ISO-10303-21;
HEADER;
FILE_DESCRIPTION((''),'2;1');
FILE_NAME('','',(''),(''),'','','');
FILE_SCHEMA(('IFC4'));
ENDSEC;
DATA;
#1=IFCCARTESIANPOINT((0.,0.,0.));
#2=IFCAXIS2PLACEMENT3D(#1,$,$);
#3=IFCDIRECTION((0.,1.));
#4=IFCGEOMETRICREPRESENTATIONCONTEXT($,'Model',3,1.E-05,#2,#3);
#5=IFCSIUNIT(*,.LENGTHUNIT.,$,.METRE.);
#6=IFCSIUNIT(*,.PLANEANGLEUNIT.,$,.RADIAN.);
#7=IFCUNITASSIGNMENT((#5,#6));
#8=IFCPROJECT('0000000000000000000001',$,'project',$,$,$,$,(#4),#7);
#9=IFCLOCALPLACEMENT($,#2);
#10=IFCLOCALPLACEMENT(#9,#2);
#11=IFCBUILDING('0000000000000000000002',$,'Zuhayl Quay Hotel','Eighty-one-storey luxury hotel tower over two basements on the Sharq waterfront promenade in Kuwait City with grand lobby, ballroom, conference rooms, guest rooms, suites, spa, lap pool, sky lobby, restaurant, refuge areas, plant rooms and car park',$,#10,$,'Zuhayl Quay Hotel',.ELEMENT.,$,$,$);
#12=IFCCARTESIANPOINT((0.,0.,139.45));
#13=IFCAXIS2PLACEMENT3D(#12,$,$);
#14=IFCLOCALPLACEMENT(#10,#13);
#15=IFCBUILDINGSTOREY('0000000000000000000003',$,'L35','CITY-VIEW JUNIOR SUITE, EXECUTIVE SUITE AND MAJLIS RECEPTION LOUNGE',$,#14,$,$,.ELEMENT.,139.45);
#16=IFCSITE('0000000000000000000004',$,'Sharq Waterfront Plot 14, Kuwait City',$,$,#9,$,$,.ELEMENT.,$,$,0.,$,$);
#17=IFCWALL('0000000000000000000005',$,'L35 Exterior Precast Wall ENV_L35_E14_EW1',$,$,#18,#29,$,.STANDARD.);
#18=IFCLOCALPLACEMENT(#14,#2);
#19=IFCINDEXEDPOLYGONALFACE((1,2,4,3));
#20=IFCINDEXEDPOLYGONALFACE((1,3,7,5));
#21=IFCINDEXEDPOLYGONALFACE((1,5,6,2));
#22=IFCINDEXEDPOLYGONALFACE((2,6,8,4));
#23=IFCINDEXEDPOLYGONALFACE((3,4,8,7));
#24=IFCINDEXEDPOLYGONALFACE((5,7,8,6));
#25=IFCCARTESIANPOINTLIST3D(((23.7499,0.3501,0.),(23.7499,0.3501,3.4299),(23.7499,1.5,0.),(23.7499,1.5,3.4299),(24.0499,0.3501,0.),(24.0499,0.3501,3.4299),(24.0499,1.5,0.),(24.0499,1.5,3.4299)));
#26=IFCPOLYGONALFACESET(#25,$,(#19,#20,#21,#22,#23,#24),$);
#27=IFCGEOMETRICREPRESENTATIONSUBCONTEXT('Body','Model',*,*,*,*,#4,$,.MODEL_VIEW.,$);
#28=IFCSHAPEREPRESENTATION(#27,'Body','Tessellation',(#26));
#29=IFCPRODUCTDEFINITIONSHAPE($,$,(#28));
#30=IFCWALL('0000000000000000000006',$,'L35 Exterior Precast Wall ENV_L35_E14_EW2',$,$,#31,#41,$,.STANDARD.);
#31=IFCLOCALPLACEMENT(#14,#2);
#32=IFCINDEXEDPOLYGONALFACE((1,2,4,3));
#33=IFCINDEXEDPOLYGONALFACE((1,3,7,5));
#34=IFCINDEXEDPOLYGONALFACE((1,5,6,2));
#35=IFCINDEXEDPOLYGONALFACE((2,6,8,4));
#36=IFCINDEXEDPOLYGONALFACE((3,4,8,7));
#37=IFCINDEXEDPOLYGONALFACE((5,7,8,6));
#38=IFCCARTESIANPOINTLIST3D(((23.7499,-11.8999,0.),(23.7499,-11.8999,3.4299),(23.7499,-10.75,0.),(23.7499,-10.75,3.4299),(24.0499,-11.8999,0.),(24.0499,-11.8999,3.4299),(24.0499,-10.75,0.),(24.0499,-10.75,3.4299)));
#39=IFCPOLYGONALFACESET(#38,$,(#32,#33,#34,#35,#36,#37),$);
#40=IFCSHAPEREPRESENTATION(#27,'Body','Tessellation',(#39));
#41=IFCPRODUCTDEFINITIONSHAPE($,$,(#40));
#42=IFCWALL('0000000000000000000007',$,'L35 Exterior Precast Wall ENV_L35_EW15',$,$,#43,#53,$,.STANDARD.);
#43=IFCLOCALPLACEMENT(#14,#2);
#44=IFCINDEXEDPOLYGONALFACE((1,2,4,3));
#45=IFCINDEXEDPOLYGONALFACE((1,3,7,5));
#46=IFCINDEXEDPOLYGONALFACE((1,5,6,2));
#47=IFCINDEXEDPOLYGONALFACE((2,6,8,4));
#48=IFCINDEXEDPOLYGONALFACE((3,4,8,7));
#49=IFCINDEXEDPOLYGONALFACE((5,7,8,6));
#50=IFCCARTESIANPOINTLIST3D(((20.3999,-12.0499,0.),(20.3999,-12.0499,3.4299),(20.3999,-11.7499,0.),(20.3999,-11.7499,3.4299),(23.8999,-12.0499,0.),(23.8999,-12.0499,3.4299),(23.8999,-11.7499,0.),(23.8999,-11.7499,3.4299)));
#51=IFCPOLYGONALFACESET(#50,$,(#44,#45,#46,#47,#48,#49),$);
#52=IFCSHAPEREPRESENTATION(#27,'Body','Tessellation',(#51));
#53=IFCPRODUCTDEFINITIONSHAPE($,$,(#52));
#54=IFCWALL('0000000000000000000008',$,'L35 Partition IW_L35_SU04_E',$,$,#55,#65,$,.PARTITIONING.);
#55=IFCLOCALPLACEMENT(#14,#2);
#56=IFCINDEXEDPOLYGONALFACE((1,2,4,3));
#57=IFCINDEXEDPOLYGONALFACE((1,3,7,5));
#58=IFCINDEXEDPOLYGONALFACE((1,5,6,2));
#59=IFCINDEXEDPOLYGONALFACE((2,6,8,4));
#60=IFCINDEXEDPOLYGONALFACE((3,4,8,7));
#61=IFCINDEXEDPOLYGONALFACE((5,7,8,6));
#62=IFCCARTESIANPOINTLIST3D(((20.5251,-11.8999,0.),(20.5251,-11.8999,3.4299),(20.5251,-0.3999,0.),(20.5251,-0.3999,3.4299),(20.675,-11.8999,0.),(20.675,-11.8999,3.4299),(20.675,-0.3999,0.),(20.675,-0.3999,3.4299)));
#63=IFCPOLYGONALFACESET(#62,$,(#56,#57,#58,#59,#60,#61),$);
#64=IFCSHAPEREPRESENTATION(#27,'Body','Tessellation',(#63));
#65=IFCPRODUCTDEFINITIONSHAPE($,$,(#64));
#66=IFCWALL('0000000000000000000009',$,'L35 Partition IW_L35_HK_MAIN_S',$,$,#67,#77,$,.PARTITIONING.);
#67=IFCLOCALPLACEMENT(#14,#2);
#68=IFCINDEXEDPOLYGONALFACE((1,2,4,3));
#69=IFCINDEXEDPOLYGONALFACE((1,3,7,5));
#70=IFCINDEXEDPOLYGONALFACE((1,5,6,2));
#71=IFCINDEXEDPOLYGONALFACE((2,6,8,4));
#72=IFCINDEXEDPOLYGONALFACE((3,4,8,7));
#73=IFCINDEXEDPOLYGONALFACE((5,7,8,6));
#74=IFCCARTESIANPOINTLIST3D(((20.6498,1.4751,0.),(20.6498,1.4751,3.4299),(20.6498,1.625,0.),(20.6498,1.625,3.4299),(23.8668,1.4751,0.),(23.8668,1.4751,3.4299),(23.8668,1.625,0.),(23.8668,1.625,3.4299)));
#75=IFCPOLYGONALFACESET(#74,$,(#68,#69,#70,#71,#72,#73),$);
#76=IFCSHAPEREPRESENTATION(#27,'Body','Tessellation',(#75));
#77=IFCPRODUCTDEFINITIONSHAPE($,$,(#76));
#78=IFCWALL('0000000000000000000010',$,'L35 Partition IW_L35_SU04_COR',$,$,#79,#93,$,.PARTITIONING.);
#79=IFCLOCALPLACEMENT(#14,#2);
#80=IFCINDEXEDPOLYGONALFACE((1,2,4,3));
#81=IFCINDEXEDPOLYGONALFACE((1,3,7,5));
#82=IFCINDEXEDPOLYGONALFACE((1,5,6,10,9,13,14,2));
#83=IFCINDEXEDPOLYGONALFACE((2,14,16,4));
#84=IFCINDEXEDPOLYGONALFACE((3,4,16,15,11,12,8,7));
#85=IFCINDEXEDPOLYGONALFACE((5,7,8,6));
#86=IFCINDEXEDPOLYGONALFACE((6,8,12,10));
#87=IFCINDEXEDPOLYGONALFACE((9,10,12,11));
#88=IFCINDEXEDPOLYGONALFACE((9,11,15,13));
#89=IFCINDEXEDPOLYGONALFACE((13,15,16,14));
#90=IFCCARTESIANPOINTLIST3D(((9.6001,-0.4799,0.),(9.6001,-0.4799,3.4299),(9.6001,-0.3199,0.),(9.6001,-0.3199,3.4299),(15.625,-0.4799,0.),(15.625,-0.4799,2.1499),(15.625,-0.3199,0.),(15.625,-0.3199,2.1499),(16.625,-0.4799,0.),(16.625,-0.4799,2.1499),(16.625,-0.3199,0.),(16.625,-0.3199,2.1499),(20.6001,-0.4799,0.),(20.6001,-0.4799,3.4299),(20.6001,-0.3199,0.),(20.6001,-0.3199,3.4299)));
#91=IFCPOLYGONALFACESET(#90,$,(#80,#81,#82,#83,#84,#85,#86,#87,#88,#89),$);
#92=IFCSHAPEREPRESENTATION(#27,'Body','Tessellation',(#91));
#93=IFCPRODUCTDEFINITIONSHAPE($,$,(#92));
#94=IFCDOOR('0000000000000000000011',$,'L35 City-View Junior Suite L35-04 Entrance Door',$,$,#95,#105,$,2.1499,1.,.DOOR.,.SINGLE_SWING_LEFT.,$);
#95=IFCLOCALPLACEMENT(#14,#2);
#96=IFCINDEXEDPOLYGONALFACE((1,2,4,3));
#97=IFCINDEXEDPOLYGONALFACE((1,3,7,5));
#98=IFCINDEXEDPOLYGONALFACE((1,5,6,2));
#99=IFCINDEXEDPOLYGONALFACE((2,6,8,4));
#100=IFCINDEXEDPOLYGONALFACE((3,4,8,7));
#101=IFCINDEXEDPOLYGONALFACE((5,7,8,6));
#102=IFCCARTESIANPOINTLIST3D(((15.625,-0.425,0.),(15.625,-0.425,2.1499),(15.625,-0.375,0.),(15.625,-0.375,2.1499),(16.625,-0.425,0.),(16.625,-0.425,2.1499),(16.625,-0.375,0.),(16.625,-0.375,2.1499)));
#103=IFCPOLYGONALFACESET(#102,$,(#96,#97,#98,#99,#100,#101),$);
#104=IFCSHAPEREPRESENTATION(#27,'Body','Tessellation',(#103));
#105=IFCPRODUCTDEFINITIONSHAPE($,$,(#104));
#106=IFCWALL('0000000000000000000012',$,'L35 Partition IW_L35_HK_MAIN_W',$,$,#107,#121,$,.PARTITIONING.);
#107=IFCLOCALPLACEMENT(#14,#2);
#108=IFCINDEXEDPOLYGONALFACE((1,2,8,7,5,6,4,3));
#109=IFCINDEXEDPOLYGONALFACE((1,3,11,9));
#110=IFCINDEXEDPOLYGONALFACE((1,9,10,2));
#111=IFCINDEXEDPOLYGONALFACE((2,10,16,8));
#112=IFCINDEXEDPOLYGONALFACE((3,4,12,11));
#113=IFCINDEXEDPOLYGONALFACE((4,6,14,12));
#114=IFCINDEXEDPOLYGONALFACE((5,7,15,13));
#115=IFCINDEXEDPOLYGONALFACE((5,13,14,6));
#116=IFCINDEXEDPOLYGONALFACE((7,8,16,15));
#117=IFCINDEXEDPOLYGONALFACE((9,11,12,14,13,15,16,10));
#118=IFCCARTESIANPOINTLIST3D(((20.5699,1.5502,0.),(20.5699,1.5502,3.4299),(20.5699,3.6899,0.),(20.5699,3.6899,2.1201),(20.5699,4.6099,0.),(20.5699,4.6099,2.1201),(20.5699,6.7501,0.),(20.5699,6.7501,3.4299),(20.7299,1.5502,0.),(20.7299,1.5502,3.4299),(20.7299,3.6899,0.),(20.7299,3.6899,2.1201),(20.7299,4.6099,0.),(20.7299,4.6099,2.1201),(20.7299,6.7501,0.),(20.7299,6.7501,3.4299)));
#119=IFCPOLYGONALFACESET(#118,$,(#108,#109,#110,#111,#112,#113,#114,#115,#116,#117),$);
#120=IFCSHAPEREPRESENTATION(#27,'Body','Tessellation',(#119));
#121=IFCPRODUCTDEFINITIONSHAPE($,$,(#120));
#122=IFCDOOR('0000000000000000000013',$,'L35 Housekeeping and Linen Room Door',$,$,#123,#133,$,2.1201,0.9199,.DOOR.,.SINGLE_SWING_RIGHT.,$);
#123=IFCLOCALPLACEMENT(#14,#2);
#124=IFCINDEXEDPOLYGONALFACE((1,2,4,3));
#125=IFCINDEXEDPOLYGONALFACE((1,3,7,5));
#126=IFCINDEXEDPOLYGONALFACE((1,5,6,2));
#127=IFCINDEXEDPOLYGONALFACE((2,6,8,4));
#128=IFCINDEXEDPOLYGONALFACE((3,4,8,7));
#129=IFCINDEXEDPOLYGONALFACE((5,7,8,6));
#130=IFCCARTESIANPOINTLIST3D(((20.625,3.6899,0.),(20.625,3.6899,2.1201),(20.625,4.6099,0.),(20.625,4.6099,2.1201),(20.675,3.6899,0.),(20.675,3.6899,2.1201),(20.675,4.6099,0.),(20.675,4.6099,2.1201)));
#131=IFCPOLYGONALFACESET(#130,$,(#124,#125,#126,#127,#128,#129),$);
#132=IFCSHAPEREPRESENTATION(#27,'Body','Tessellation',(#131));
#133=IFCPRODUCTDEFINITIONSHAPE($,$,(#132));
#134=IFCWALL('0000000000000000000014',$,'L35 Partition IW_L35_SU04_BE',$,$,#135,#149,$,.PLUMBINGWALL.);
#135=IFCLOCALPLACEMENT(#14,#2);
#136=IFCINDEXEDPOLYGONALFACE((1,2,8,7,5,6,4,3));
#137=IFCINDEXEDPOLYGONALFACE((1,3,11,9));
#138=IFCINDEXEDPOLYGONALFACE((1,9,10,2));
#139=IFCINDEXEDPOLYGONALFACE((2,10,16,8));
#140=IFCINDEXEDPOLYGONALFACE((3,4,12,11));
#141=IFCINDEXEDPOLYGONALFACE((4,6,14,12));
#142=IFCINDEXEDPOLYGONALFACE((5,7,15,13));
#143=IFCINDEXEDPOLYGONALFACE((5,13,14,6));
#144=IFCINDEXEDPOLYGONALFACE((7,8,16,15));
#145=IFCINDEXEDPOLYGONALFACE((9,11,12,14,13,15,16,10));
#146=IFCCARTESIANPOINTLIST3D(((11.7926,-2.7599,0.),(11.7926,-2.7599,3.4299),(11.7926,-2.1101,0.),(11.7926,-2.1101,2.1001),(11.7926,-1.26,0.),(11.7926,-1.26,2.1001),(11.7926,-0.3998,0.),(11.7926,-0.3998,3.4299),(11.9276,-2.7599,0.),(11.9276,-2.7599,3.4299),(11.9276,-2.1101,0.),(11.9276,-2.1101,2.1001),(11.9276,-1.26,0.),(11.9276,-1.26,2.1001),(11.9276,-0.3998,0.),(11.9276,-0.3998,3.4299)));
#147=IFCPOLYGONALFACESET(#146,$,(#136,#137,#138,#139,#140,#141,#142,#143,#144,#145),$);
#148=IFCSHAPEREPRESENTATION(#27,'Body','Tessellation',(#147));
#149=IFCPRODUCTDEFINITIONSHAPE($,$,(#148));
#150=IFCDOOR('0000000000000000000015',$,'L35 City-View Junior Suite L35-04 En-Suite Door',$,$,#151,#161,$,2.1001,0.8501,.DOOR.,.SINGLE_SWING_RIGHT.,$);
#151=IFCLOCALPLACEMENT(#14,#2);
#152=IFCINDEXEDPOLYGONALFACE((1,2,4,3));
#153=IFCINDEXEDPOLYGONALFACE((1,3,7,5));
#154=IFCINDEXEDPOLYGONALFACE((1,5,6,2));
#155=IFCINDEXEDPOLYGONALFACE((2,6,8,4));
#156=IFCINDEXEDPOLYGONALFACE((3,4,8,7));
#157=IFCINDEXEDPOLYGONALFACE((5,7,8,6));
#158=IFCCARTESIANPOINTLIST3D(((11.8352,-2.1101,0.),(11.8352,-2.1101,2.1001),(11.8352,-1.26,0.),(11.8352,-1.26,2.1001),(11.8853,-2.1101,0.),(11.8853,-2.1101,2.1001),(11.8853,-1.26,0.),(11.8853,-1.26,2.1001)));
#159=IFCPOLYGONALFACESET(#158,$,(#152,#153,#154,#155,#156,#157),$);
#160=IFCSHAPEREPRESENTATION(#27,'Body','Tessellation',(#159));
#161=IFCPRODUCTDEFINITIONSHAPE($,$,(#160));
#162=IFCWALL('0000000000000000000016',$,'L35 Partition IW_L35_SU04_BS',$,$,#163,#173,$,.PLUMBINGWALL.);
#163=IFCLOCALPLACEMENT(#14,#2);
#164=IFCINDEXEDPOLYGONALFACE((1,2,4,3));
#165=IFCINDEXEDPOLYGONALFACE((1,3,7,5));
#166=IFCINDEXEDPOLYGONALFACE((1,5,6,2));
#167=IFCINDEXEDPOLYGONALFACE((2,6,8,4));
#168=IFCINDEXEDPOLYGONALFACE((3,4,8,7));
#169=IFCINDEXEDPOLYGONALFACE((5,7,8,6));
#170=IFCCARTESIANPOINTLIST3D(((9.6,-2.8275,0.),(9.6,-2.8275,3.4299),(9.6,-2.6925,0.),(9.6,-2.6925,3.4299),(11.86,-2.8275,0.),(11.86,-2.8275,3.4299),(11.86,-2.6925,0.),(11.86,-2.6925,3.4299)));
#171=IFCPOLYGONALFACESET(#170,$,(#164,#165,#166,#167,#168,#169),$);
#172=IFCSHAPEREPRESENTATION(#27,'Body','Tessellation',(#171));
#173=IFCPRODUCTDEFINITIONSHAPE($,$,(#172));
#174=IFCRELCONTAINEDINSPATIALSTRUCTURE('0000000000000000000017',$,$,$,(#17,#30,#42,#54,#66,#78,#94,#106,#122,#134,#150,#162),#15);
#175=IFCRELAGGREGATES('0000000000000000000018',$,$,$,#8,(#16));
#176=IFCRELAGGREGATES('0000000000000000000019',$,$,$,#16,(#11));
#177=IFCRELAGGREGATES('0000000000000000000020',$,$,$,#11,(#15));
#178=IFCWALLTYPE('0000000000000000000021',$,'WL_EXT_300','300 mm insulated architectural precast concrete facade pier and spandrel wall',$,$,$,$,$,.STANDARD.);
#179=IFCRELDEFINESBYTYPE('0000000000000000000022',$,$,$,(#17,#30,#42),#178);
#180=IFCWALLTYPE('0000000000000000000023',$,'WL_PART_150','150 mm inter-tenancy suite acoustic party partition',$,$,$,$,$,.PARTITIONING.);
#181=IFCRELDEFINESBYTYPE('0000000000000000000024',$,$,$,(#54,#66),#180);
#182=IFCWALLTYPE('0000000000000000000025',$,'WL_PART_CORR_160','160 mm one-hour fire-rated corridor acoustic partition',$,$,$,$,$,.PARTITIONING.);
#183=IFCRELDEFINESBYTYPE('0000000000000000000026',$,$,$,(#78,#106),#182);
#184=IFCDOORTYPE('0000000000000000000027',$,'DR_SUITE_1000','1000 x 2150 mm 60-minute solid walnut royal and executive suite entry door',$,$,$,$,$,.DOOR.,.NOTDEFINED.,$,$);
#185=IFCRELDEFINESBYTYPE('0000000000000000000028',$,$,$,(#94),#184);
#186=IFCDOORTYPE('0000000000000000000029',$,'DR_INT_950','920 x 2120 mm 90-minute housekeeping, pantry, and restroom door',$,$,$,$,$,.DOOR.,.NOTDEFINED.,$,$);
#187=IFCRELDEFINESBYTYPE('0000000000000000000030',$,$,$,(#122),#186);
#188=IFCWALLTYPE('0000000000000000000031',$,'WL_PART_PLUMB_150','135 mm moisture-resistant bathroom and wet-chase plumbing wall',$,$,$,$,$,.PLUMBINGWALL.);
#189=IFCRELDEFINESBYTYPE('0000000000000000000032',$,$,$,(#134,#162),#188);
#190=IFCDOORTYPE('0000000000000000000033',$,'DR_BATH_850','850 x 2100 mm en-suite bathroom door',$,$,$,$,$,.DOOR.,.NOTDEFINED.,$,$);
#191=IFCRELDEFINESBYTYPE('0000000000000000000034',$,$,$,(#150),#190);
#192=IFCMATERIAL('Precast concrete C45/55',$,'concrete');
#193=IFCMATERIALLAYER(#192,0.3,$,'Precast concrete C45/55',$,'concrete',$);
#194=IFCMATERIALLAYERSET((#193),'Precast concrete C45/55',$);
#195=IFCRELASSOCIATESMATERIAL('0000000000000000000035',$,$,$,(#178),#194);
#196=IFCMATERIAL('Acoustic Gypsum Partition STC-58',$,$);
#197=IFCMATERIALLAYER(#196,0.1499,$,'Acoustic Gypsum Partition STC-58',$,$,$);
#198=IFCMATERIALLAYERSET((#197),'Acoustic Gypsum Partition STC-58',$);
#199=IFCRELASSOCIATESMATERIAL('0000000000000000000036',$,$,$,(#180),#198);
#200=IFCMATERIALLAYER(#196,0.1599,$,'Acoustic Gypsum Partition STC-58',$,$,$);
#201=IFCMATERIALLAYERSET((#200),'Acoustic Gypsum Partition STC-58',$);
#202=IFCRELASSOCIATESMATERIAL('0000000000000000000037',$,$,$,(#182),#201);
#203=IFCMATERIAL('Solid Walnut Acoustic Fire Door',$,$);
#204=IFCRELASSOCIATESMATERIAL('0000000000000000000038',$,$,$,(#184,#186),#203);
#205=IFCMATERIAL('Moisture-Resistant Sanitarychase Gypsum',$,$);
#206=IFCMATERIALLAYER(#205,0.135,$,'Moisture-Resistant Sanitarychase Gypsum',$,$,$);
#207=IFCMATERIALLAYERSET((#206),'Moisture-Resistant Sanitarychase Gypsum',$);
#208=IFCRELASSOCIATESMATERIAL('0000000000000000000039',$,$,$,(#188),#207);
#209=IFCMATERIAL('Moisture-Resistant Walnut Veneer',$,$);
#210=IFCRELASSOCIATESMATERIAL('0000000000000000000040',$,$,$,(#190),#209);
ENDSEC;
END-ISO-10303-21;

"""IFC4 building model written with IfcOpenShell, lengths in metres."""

from ifc_helpers import new_model, si_unit, direction, frame, frame_2d, origin, place, context, subcontext, project, spatial, rectangle, extrude, material, layer, layer_set, type_object, element, fill, save


model = new_model("IFC4")

# Units and contexts
model_context = context("Model", 3, precision=1e-05, world=origin(), true_north=direction((0.0, 1.0)))
body_context = subcontext(model_context, "Body", "Model", "MODEL_VIEW")
ifc_project = project(units=[si_unit("LENGTHUNIT", "METRE"), si_unit("PLANEANGLEUNIT", "RADIAN")], contexts=[model_context])

# Site, building, storey
site_placement = place(None, origin())
site = spatial("IfcSite", under=ifc_project, at=site_placement, Name="Sharq Waterfront Plot 14, Kuwait City", CompositionType="ELEMENT", RefElevation=0.0)
building_placement = place(site_placement, origin())
building = spatial("IfcBuilding", under=site, at=building_placement, Name="Zuhayl Quay Hotel", Description="Eighty-one-storey luxury hotel tower over two basements on the Sharq waterfront promenade in Kuwait City with grand lobby, ballroom, conference rooms, guest rooms, suites, spa, lap pool, sky lobby, restaurant, refuge areas, plant rooms and car park", LongName="Zuhayl Quay Hotel", CompositionType="ELEMENT")
storey_placement = place(building_placement, frame((0.0, 0.0, 139.45)))
storey = spatial("IfcBuildingStorey", under=building, at=storey_placement, Name="L35", Description="CITY-VIEW JUNIOR SUITE, EXECUTIVE SUITE AND MAJLIS RECEPTION LOUNGE", CompositionType="ELEMENT", Elevation=139.45)

# Walls
ifc_material_1 = material(Name="Precast concrete C45/55", Category="concrete")
ifc_layer_1 = layer(ifc_material_1, 0.3, Name="Precast concrete C45/55", Category="concrete")
ifc_layer_set_1 = layer_set([ifc_layer_1], Name="Precast concrete C45/55")
wall_type_1 = type_object("IfcWallType", Name="WL_EXT_300", Description="300 mm insulated architectural precast concrete facade pier and spandrel wall", PredefinedType="STANDARD", material=ifc_layer_set_1)
for number, where, z_axis, x_axis, name in (
    (1, (23.8999, 1.5, 0.0), (0.0, 0.0, 1.0), (0.0, -1.0, 0.0), "L35 Exterior Precast Wall ENV_L35_E14_EW1"),
    (2, (23.8999, -10.75, 0.0), (0.0, 0.0, 1.0), (0.0, -1.0, 0.0), "L35 Exterior Precast Wall ENV_L35_E14_EW2"),
):
    element("IfcWall", number, at=place(storey_placement, frame(where, z_axis=z_axis, x_axis=x_axis)), inside=storey, type_object=wall_type_1, Name=name, PredefinedType="STANDARD", context=body_context, shape_type="SweptSolid", body=[
        extrude(rectangle(XDim=1.1499, YDim=0.3, at=frame_2d((0.575, 0.0))), origin(), (0.0, 0.0, 1.0), 3.4299),
    ])
wall_1_placement = place(storey_placement, frame((23.8999, -11.8999, 0.0), z_axis=(0.0, 0.0, 1.0), x_axis=(-1.0, 0.0, 0.0)))
element("IfcWall", 3, at=wall_1_placement, inside=storey, type_object=wall_type_1, Name="L35 Exterior Precast Wall ENV_L35_EW15", PredefinedType="STANDARD", context=body_context, shape_type="SweptSolid", body=[
    extrude(rectangle(XDim=3.5, YDim=0.3, at=frame_2d((1.75, 0.0))), origin(), (0.0, 0.0, 1.0), 3.4299),
])
ifc_material_2 = material(Name="Acoustic Gypsum Partition STC-58")
ifc_layer_2 = layer(ifc_material_2, 0.1499, Name="Acoustic Gypsum Partition STC-58")
ifc_layer_set_2 = layer_set([ifc_layer_2], Name="Acoustic Gypsum Partition STC-58")
wall_type_2 = type_object("IfcWallType", Name="WL_PART_150", Description="150 mm inter-tenancy suite acoustic party partition", PredefinedType="PARTITIONING", material=ifc_layer_set_2)
wall_2_placement = place(storey_placement, frame((20.6001, -11.8999, 0.0), z_axis=(0.0, 0.0, 1.0), x_axis=(0.0, 1.0, 0.0)))
element("IfcWall", 4, at=wall_2_placement, inside=storey, type_object=wall_type_2, Name="L35 Partition IW_L35_SU04_E", PredefinedType="PARTITIONING", context=body_context, shape_type="SweptSolid", body=[
    extrude(rectangle(XDim=11.5, YDim=0.1499, at=frame_2d((5.75, 0.0))), origin(), (0.0, 0.0, 1.0), 3.4299),
])
wall_3_placement = place(storey_placement, frame((20.6499, 1.55, 0.0), z_axis=(0.0, 0.0, 1.0), x_axis=(1.0, 0.0, 0.0)))
element("IfcWall", 5, at=wall_3_placement, inside=storey, type_object=wall_type_2, Name="L35 Partition IW_L35_HK_MAIN_S", PredefinedType="PARTITIONING", context=body_context, shape_type="SweptSolid", body=[
    extrude(rectangle(XDim=3.217, YDim=0.1499, at=frame_2d((1.6084, 0.0))), origin(), (0.0, 0.0, 1.0), 3.4299),
])

# Walls, openings, doors
ifc_layer_3 = layer(ifc_material_2, 0.1599, Name="Acoustic Gypsum Partition STC-58")
ifc_layer_set_3 = layer_set([ifc_layer_3], Name="Acoustic Gypsum Partition STC-58")
wall_type_3 = type_object("IfcWallType", Name="WL_PART_CORR_160", Description="160 mm one-hour fire-rated corridor acoustic partition", PredefinedType="PARTITIONING", material=ifc_layer_set_3)
wall_4_placement = place(storey_placement, frame((9.6001, -0.3999, 0.0), z_axis=(0.0, 0.0, 1.0), x_axis=(1.0, 0.0, 0.0)))
wall_4 = element("IfcWall", 6, at=wall_4_placement, inside=storey, type_object=wall_type_3, Name="L35 Partition IW_L35_SU04_COR", PredefinedType="PARTITIONING", context=body_context, shape_type="SweptSolid", body=[
    extrude(rectangle(XDim=11.0, YDim=0.1599, at=frame_2d((5.5, 0.0))), origin(), (0.0, 0.0, 1.0), 3.4299),
])
opening_1_placement = place(wall_4_placement, frame((6.0249, 0.0, 0.0)))
opening_1 = element("IfcOpeningElement", 7, at=opening_1_placement, cuts=wall_4, PredefinedType="OPENING", context=body_context, shape_type="SweptSolid", body=[
    extrude(rectangle(XDim=1.0, YDim=2.1499, at=frame_2d((0.5, 1.075))), frame((0.0, 0.0898, 0.0), z_axis=(0.0, -1.0, 0.0), x_axis=(1.0, 0.0, 0.0)), (0.0, 0.0, 1.0), 0.1799),
])
ifc_material_3 = material(Name="Solid Walnut Acoustic Fire Door")
door_type_1 = type_object("IfcDoorType", Name="DR_SUITE_1000", Description="1000 x 2150 mm 60-minute solid walnut royal and executive suite entry door", OperationType="NOTDEFINED", PredefinedType="DOOR", material=ifc_material_3)
door_1_placement = place(opening_1_placement, origin())
door_1 = element("IfcDoor", 8, at=door_1_placement, inside=storey, type_object=door_type_1, Name="L35 City-View Junior Suite L35-04 Entrance Door", OperationType="SINGLE_SWING_LEFT", OverallHeight=2.1499, OverallWidth=1.0, PredefinedType="DOOR", context=body_context, shape_type="SweptSolid", body=[
    extrude(rectangle(XDim=1.0, YDim=2.1499, at=frame_2d((0.5, 1.075))), frame((0.0, 0.0249, 0.0), z_axis=(0.0, -1.0, 0.0), x_axis=(1.0, 0.0, 0.0)), (0.0, 0.0, 1.0), 0.05),
])
fill(opening_1, door_1)
wall_5_placement = place(storey_placement, frame((20.6499, 1.55, 0.0), z_axis=(0.0, 0.0, 1.0), x_axis=(0.0, 1.0, 0.0)))
wall_5 = element("IfcWall", 9, at=wall_5_placement, inside=storey, type_object=wall_type_3, Name="L35 Partition IW_L35_HK_MAIN_W", PredefinedType="PARTITIONING", context=body_context, shape_type="SweptSolid", body=[
    extrude(rectangle(XDim=5.2, YDim=0.1599, at=frame_2d((2.6001, 0.0))), origin(), (0.0, 0.0, 1.0), 3.4299),
])
opening_2_placement = place(wall_5_placement, frame((2.1399, 0.0, 0.0)))
opening_2 = element("IfcOpeningElement", 10, at=opening_2_placement, cuts=wall_5, PredefinedType="OPENING", context=body_context, shape_type="SweptSolid", body=[
    extrude(rectangle(XDim=0.9199, YDim=2.1201, at=frame_2d((0.46, 1.0601))), frame((0.0, 0.0898, 0.0), z_axis=(0.0, -1.0, 0.0), x_axis=(1.0, 0.0, 0.0)), (0.0, 0.0, 1.0), 0.1799),
])
door_type_2 = type_object("IfcDoorType", Name="DR_INT_950", Description="920 x 2120 mm 90-minute housekeeping, pantry, and restroom door", OperationType="NOTDEFINED", PredefinedType="DOOR", material=ifc_material_3)
door_2_placement = place(opening_2_placement, origin())
door_2 = element("IfcDoor", 11, at=door_2_placement, inside=storey, type_object=door_type_2, Name="L35 Housekeeping and Linen Room Door", OperationType="SINGLE_SWING_RIGHT", OverallHeight=2.1201, OverallWidth=0.9199, PredefinedType="DOOR", context=body_context, shape_type="SweptSolid", body=[
    extrude(rectangle(XDim=0.9199, YDim=2.1201, at=frame_2d((0.46, 1.0601))), frame((0.0, 0.0249, 0.0), z_axis=(0.0, -1.0, 0.0), x_axis=(1.0, 0.0, 0.0)), (0.0, 0.0, 1.0), 0.05),
])
fill(opening_2, door_2)
ifc_material_4 = material(Name="Moisture-Resistant Sanitarychase Gypsum")
ifc_layer_4 = layer(ifc_material_4, 0.135, Name="Moisture-Resistant Sanitarychase Gypsum")
ifc_layer_set_4 = layer_set([ifc_layer_4], Name="Moisture-Resistant Sanitarychase Gypsum")
wall_type_4 = type_object("IfcWallType", Name="WL_PART_PLUMB_150", Description="135 mm moisture-resistant bathroom and wet-chase plumbing wall", PredefinedType="PLUMBINGWALL", material=ifc_layer_set_4)
wall_6_placement = place(storey_placement, frame((11.8601, -2.76, 0.0), z_axis=(0.0, 0.0, 1.0), x_axis=(0.0, 1.0, 0.0)))
wall_6 = element("IfcWall", 12, at=wall_6_placement, inside=storey, type_object=wall_type_4, Name="L35 Partition IW_L35_SU04_BE", PredefinedType="PLUMBINGWALL", context=body_context, shape_type="SweptSolid", body=[
    extrude(rectangle(XDim=2.3601, YDim=0.135, at=frame_2d((1.1802, 0.0))), origin(), (0.0, 0.0, 1.0), 3.4299),
])
opening_3_placement = place(wall_6_placement, frame((0.6499, 0.0, 0.0)))
opening_3 = element("IfcOpeningElement", 13, at=opening_3_placement, cuts=wall_6, PredefinedType="OPENING", context=body_context, shape_type="SweptSolid", body=[
    extrude(rectangle(XDim=0.8501, YDim=2.1001, at=frame_2d((0.425, 1.05))), frame((0.0, 0.0774, 0.0), z_axis=(0.0, -1.0, 0.0), x_axis=(1.0, 0.0, 0.0)), (0.0, 0.0, 1.0), 0.155),
])
ifc_material_5 = material(Name="Moisture-Resistant Walnut Veneer")
door_type_3 = type_object("IfcDoorType", Name="DR_BATH_850", Description="850 x 2100 mm en-suite bathroom door", OperationType="NOTDEFINED", PredefinedType="DOOR", material=ifc_material_5)
door_3_placement = place(opening_3_placement, origin())
door_3 = element("IfcDoor", 14, at=door_3_placement, inside=storey, type_object=door_type_3, Name="L35 City-View Junior Suite L35-04 En-Suite Door", OperationType="SINGLE_SWING_RIGHT", OverallHeight=2.1001, OverallWidth=0.8501, PredefinedType="DOOR", context=body_context, shape_type="SweptSolid", body=[
    extrude(rectangle(XDim=0.8501, YDim=2.1001, at=frame_2d((0.425, 1.05))), frame((0.0, 0.0249, 0.0), z_axis=(0.0, -1.0, 0.0), x_axis=(1.0, 0.0, 0.0)), (0.0, 0.0, 1.0), 0.05),
])
fill(opening_3, door_3)

# Wall
wall_7_placement = place(storey_placement, frame((9.6001, -2.76, 0.0), z_axis=(0.0, 0.0, 1.0), x_axis=(1.0, 0.0, 0.0)))
element("IfcWall", 15, at=wall_7_placement, inside=storey, type_object=wall_type_4, Name="L35 Partition IW_L35_SU04_BS", PredefinedType="PLUMBINGWALL", context=body_context, shape_type="SweptSolid", body=[
    extrude(rectangle(XDim=2.26, YDim=0.135, at=frame_2d((1.1299, 0.0))), origin(), (0.0, 0.0, 1.0), 3.4299),
])

save(model, "model.ifc")
